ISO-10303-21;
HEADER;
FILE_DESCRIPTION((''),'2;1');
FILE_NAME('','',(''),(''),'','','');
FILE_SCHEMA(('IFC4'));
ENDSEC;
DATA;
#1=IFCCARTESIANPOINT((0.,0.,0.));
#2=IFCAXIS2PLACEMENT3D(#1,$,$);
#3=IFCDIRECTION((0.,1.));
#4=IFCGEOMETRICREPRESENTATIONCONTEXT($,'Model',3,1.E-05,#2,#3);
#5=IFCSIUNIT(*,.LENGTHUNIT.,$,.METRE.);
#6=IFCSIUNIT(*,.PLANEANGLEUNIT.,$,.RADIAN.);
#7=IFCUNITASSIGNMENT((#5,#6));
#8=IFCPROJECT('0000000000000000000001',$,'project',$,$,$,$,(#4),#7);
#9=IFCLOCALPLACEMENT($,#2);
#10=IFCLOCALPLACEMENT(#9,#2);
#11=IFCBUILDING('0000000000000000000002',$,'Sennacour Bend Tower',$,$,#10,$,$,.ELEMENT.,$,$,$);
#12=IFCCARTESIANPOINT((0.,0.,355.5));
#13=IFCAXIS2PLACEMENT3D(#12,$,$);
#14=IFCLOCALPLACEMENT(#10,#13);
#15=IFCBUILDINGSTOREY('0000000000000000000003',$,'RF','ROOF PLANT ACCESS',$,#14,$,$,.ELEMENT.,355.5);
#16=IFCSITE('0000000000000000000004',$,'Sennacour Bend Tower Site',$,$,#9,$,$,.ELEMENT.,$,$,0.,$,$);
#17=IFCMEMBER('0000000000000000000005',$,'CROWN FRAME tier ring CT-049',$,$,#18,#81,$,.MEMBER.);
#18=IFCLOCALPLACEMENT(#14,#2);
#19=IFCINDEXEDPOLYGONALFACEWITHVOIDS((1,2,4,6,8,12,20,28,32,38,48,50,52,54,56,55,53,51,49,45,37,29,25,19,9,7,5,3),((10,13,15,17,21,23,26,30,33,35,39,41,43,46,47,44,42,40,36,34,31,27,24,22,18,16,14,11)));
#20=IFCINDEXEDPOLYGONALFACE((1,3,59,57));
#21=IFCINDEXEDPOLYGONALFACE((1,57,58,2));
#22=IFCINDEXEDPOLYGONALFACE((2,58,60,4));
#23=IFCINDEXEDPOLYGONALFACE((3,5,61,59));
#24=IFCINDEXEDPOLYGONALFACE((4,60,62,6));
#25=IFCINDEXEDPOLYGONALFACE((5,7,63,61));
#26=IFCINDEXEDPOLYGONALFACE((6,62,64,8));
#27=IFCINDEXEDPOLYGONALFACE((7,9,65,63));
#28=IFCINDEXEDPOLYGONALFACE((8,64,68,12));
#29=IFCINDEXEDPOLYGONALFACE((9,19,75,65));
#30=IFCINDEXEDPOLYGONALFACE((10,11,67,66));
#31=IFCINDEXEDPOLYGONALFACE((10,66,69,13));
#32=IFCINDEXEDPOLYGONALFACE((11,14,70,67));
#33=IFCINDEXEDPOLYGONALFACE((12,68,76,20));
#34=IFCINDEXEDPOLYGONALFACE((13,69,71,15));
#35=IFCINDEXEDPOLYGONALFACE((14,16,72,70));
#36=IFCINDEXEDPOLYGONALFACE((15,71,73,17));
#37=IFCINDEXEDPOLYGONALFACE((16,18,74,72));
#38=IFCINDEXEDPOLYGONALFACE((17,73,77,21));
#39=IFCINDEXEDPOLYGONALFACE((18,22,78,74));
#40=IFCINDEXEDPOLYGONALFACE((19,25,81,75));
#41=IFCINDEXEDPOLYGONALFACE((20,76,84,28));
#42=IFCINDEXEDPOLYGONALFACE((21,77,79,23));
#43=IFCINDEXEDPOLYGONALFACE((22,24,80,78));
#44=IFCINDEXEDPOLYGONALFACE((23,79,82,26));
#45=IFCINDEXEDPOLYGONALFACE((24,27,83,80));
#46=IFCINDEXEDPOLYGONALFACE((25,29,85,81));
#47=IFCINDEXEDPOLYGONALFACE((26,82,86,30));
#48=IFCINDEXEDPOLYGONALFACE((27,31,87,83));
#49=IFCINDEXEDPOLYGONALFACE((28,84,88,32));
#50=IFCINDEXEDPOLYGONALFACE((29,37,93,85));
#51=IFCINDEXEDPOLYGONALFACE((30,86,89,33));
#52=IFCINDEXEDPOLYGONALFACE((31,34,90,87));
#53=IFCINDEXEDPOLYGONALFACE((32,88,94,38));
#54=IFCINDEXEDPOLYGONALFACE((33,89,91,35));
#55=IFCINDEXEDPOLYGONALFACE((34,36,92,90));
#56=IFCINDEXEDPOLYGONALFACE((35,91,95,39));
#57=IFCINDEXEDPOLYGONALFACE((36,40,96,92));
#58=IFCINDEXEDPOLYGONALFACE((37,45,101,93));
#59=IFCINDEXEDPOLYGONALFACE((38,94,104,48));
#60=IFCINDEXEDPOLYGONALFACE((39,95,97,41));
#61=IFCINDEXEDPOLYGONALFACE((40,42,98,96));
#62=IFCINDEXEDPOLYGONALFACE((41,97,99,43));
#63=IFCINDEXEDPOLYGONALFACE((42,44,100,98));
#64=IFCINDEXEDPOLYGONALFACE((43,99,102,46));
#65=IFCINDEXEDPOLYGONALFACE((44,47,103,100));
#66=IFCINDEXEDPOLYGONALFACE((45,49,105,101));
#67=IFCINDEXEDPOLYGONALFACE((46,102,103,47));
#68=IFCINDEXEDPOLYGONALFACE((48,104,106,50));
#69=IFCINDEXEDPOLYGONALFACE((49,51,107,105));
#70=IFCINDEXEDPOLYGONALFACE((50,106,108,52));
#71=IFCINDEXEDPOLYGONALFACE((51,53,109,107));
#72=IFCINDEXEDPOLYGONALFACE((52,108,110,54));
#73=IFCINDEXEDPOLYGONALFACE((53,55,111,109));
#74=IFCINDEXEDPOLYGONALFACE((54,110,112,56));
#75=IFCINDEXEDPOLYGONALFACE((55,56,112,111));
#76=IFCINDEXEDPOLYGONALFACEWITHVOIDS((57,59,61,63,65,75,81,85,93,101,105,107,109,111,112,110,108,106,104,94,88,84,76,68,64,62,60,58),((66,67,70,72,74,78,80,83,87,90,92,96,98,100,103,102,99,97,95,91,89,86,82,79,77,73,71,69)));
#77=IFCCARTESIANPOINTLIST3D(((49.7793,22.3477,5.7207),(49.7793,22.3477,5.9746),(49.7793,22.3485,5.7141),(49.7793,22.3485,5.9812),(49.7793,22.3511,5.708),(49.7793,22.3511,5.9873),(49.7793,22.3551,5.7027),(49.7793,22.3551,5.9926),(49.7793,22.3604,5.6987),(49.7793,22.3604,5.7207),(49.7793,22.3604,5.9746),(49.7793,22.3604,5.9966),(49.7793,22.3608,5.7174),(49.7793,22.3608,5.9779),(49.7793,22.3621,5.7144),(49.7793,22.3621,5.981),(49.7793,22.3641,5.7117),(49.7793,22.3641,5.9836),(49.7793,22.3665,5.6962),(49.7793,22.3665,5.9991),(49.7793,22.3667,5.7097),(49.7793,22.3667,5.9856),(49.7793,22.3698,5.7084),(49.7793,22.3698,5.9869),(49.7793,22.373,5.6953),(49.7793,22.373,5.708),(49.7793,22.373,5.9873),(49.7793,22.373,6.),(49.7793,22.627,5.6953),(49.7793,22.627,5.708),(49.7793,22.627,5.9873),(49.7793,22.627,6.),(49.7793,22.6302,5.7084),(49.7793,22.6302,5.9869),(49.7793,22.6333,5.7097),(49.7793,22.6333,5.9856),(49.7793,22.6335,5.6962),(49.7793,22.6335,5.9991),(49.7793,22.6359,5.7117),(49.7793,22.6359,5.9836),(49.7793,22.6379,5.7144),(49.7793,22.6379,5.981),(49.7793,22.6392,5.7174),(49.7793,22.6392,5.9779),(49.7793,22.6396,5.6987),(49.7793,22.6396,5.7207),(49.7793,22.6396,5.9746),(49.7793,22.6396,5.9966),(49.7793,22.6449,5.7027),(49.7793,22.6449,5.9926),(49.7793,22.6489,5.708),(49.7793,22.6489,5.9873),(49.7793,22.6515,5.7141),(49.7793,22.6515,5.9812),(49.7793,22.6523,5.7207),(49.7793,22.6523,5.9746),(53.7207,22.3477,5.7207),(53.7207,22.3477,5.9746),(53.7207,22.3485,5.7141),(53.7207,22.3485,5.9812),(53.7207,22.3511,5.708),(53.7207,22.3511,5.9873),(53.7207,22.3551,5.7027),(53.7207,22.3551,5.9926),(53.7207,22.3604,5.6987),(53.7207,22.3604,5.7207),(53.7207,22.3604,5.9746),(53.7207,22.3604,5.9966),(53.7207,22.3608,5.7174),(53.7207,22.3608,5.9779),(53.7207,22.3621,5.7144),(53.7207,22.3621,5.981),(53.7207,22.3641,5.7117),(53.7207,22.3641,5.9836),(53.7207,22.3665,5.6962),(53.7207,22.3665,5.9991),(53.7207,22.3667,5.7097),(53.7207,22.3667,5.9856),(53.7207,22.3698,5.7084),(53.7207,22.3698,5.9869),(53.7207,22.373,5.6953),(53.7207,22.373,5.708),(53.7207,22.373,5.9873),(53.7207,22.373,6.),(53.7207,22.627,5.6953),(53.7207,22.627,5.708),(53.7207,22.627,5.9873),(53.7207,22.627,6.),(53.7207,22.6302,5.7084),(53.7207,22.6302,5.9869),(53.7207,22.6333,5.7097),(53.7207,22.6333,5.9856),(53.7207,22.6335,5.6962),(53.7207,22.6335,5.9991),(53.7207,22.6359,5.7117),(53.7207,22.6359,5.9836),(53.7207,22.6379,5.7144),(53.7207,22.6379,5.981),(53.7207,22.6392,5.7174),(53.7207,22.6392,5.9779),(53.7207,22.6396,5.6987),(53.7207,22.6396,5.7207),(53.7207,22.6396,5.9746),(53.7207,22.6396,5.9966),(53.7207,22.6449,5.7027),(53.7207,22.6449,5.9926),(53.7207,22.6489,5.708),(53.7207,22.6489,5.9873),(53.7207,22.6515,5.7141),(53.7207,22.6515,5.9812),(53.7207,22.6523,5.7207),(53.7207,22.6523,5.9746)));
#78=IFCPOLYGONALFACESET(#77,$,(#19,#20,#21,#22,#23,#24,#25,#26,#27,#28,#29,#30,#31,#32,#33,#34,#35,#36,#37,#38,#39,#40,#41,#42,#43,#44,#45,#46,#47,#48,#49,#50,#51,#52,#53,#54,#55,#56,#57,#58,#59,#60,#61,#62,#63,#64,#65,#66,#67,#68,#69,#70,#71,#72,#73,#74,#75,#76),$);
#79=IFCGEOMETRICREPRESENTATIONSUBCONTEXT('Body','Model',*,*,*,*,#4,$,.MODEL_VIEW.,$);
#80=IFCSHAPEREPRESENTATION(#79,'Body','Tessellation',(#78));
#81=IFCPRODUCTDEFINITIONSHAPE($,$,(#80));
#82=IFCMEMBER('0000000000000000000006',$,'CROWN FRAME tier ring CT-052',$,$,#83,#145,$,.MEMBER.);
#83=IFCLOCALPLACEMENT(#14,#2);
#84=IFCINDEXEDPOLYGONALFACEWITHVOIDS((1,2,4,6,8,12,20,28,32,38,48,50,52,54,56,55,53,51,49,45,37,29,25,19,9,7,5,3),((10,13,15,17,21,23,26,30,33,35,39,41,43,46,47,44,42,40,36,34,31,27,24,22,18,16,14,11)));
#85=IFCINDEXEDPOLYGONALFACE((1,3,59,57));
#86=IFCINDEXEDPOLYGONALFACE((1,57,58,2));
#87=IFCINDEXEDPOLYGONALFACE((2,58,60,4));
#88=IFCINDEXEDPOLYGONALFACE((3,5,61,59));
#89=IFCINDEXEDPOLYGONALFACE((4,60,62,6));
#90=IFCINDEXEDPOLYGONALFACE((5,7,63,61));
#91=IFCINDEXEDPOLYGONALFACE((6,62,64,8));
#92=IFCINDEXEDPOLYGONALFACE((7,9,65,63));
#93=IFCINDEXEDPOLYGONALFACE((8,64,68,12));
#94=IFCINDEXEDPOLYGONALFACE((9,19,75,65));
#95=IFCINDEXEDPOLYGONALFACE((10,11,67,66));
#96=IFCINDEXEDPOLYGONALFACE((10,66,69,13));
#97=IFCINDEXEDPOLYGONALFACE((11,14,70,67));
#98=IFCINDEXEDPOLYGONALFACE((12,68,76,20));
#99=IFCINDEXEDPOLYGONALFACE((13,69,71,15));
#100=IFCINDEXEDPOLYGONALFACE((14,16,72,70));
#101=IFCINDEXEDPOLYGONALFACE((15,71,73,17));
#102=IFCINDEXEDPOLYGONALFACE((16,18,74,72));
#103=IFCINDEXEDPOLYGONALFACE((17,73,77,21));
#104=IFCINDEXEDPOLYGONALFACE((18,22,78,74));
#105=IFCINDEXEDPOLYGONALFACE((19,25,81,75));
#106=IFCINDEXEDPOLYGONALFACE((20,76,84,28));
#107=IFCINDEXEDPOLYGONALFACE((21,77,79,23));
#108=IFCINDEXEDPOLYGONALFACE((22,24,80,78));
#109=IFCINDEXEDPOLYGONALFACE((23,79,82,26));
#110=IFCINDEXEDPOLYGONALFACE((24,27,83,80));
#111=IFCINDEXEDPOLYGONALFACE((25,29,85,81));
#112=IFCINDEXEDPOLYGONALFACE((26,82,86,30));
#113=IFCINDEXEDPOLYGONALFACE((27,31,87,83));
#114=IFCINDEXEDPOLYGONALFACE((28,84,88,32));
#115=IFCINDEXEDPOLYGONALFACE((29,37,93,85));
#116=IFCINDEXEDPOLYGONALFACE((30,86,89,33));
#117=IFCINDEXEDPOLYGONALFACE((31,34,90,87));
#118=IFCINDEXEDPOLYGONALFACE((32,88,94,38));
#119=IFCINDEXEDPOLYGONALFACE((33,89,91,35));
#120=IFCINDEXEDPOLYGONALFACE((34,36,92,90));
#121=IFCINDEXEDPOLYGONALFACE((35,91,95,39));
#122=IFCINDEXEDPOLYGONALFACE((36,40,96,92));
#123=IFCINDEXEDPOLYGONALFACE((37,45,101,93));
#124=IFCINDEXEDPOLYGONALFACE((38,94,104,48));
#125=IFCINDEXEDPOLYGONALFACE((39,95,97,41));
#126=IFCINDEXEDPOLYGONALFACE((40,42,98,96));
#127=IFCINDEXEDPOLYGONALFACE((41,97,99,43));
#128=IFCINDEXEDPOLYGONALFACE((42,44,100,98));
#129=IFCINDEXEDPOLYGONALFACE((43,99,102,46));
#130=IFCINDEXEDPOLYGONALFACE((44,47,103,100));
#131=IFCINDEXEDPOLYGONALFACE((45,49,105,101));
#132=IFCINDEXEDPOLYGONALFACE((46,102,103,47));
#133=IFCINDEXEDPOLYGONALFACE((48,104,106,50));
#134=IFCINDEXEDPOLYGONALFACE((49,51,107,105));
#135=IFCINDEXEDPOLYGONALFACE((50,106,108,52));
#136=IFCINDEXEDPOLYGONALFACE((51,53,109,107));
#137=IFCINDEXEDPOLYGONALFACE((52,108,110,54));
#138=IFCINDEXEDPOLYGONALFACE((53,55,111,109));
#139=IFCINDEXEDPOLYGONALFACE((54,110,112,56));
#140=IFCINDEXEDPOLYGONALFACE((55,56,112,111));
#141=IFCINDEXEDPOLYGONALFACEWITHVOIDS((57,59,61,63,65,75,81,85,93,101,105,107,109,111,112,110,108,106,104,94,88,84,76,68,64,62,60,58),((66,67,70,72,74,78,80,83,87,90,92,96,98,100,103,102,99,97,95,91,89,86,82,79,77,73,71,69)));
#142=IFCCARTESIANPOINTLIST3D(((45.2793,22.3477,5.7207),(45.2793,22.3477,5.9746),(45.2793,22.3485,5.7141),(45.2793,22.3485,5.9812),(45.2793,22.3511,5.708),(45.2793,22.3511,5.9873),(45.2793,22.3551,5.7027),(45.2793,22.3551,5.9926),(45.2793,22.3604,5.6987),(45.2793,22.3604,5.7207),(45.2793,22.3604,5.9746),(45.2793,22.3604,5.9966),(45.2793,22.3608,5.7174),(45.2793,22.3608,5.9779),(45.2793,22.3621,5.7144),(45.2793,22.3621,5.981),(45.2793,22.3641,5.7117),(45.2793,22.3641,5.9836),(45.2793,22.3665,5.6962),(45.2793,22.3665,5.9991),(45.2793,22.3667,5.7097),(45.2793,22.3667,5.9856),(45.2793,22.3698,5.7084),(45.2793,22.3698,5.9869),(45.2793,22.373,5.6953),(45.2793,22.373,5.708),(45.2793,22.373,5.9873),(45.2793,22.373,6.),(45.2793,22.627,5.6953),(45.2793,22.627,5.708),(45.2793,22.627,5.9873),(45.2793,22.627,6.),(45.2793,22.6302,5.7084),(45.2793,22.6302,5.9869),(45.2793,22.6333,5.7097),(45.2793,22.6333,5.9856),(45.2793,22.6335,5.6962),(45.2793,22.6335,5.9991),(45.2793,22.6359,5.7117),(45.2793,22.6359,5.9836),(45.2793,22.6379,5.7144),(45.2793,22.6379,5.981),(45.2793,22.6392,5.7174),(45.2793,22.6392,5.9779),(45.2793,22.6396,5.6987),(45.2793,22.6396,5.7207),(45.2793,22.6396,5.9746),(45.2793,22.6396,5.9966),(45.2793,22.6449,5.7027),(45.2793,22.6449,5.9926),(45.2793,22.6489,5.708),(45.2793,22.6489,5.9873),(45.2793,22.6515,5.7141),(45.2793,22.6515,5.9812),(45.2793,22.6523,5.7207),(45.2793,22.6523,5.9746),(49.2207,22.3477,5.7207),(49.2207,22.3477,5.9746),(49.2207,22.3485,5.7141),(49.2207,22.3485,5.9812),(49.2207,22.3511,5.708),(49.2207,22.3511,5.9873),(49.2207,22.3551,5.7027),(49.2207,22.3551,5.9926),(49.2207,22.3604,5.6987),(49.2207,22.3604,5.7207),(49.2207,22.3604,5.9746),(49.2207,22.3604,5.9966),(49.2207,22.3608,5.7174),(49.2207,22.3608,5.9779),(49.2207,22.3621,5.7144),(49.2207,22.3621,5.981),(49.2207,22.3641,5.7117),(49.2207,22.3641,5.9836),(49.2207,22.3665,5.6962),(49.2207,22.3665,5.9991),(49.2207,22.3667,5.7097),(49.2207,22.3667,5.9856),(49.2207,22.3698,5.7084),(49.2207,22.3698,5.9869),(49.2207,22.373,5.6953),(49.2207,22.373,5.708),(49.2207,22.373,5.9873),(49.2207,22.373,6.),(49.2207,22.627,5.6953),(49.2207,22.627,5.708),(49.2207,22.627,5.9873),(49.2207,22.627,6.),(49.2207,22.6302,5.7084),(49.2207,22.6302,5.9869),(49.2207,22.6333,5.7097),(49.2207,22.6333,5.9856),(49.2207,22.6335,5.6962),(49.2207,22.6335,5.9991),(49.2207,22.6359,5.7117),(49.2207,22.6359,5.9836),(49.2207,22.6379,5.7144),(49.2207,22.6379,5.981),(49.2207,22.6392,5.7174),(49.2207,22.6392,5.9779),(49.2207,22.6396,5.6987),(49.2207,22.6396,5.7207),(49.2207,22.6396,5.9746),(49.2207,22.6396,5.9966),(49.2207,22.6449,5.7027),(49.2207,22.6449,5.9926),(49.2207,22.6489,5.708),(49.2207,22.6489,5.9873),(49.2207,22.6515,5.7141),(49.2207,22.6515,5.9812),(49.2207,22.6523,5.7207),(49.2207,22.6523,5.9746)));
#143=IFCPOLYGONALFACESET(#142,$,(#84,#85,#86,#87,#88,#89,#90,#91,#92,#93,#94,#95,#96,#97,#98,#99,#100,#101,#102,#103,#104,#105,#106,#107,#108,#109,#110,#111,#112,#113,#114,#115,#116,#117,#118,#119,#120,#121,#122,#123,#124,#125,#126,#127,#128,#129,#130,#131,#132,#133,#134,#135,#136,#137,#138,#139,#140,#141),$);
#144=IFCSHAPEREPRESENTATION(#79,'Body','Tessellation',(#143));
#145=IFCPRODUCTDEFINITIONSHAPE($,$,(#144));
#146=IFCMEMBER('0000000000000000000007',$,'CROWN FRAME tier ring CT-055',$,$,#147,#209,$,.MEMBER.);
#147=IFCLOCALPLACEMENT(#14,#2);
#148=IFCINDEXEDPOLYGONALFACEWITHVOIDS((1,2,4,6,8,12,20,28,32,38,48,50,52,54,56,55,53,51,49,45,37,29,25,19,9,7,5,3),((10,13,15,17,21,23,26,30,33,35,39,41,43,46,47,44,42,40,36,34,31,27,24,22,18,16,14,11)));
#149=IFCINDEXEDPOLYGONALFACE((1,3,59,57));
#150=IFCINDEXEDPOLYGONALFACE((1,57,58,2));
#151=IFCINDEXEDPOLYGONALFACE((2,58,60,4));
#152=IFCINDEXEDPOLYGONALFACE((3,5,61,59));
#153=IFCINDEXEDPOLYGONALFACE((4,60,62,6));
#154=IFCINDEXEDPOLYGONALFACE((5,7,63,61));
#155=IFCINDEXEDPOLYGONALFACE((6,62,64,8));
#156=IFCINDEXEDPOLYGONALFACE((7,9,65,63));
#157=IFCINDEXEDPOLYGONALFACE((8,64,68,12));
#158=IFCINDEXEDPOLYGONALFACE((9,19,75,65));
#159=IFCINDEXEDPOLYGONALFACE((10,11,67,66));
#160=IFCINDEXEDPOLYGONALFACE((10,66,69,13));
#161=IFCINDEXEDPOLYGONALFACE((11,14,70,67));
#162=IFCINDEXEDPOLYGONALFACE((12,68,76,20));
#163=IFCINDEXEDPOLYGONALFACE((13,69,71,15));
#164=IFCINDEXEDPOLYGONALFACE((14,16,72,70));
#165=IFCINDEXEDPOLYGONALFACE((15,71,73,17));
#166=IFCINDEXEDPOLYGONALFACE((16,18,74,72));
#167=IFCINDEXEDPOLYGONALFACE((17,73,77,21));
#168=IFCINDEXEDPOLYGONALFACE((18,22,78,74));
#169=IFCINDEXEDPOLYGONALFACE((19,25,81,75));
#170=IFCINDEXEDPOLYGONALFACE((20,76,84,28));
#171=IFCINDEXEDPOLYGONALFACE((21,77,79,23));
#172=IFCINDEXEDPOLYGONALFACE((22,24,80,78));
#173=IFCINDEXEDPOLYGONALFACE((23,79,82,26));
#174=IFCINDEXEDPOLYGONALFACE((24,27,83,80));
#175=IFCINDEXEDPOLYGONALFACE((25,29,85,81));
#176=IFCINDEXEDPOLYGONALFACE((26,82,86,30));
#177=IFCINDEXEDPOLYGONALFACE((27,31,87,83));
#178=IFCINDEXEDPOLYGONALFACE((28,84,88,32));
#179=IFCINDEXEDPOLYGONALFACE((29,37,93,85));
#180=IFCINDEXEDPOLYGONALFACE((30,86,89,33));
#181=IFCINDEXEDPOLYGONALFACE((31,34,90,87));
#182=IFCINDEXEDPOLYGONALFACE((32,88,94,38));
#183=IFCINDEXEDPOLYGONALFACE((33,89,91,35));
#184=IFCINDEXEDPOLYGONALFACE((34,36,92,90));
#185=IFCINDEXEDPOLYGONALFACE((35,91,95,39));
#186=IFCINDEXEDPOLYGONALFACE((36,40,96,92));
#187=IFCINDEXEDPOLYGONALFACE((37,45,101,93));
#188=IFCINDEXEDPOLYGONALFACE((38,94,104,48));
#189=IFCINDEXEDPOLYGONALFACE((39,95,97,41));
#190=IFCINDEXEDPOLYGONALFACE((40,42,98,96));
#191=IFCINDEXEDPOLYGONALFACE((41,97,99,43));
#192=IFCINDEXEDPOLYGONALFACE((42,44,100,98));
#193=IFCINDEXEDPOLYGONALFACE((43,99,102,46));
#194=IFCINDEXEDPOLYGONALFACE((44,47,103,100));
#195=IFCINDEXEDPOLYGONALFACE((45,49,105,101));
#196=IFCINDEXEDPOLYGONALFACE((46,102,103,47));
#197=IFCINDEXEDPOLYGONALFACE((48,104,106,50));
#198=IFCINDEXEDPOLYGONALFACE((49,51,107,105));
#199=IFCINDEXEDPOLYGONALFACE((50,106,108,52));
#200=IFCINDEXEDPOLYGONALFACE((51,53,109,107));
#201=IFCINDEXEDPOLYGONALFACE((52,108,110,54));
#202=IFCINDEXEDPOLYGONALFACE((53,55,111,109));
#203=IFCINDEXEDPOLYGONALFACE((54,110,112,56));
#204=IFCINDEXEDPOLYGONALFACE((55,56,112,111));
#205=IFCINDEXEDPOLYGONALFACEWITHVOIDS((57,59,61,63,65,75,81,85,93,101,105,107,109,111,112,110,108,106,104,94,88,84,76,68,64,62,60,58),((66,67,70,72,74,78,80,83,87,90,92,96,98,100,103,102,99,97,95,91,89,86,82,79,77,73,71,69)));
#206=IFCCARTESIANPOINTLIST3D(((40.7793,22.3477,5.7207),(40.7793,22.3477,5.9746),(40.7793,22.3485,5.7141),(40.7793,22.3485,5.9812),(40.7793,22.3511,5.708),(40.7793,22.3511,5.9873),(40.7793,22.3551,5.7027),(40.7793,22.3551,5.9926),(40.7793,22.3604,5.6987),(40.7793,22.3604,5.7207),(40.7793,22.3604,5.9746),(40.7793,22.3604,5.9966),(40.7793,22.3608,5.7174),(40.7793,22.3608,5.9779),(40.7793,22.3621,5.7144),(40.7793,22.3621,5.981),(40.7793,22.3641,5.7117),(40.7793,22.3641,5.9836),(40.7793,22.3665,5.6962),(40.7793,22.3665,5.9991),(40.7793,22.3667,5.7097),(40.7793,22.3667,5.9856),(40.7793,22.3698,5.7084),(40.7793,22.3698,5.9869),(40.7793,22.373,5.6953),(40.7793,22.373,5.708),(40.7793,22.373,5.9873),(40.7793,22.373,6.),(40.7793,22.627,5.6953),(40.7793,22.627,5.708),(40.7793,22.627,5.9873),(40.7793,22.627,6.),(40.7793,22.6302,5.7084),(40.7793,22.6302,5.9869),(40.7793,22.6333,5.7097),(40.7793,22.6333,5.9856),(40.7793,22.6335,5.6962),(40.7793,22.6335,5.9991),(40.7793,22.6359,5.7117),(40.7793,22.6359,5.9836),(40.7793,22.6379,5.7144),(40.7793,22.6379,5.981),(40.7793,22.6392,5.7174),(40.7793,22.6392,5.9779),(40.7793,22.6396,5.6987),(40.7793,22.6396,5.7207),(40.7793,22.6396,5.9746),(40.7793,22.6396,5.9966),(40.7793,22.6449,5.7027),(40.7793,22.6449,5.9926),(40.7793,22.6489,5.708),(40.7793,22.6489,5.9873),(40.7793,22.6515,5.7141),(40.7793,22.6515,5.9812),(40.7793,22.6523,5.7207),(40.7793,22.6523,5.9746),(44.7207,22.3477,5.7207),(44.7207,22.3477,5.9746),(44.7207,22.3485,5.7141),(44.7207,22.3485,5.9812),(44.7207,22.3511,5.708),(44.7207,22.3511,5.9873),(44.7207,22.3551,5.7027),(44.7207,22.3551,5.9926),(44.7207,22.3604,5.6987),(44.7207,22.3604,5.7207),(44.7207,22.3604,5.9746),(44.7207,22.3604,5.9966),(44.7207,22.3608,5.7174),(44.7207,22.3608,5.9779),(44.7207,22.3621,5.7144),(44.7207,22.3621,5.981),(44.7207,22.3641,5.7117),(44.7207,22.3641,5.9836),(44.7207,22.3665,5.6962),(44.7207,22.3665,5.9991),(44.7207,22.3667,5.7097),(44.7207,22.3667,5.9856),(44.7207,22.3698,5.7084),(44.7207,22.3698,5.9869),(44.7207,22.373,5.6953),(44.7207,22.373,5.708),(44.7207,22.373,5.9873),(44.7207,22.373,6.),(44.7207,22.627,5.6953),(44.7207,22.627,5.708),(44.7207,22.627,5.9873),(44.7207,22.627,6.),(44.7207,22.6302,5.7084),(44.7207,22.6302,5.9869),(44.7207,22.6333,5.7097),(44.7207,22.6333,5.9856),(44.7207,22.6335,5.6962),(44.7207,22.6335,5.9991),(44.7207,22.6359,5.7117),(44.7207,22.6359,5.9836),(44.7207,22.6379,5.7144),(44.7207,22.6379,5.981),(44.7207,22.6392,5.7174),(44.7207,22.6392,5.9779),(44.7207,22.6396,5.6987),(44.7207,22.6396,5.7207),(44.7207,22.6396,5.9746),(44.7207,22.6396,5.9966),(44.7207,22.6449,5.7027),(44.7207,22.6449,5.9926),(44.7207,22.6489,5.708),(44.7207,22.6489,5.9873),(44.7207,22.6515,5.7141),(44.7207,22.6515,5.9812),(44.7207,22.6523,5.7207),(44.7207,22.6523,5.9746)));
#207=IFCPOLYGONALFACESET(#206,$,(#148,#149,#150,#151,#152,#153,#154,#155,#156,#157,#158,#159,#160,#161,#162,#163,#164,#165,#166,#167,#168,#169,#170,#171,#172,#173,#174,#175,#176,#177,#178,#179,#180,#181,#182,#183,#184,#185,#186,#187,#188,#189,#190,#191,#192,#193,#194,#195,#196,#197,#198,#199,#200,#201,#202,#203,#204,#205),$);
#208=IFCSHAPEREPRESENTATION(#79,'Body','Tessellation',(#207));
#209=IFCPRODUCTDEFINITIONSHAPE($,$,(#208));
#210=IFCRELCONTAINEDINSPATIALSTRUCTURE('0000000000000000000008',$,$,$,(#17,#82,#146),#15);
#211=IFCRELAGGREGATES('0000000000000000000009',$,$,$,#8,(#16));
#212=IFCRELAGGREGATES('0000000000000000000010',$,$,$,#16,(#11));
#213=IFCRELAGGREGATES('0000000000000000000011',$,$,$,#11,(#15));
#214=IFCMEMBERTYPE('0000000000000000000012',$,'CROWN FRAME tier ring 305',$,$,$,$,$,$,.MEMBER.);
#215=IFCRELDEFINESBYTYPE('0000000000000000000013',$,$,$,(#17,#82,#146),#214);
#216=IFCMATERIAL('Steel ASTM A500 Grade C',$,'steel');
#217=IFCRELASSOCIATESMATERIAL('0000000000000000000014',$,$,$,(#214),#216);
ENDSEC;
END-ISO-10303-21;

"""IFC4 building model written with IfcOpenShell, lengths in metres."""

from ifc_helpers import new_model, si_unit, direction, frame, origin, origin_2d, place, context, subcontext, project, spatial, hollow_rectangle, extrude, material, material_profile, profile_set, type_object, element, save


model = new_model("IFC4")

# Units and contexts
model_context = context("Model", 3, precision=1e-05, world=origin(), true_north=direction((0.0, 1.0)))
body_context = subcontext(model_context, "Body", "Model", "MODEL_VIEW")
ifc_project = project(units=[si_unit("LENGTHUNIT", "METRE"), si_unit("PLANEANGLEUNIT", "RADIAN")], contexts=[model_context])

# Site, building, storey
site_placement = place(None, origin())
site = spatial("IfcSite", under=ifc_project, at=site_placement, Name="Sennacour Bend Tower Site", CompositionType="ELEMENT", RefElevation=0.0)
building_placement = place(site_placement, origin())
building = spatial("IfcBuilding", under=site, at=building_placement, Name="Sennacour Bend Tower", CompositionType="ELEMENT")
storey_placement = place(building_placement, frame((0.0, 0.0, 355.5)))
storey = spatial("IfcBuildingStorey", under=building, at=storey_placement, Name="RF", Description="ROOF PLANT ACCESS", CompositionType="ELEMENT", Elevation=355.5)

# Shared definitions
ifc_material_1 = material(Name="Steel ASTM A500 Grade C", Category="steel")

# Members
ifc_material_profile_1 = material_profile(ifc_material_1, hollow_rectangle(XDim=0.3047, YDim=0.3047, WallThickness=0.0127, InnerFilletRadius=0.0127, OuterFilletRadius=0.0254, at=origin_2d()), Name="Steel ASTM A500 Grade C", Category="steel")
ifc_profile_set_1 = profile_set([ifc_material_profile_1], Name="Steel ASTM A500 Grade C")
member_type_1 = type_object("IfcMemberType", Name="CROWN FRAME tier ring 305", PredefinedType="MEMBER", material=ifc_profile_set_1)
for number, where, z_axis, x_axis, name in (
    (1, (53.7207, 22.5, 5.8477), (-1.0, 0.0, 0.0), (0.0, -1.0, 0.0), "CROWN FRAME tier ring CT-049"),
    (2, (49.2207, 22.5, 5.8477), (-1.0, 0.0, 0.0), (0.0, -1.0, 0.0), "CROWN FRAME tier ring CT-052"),
    (3, (44.7207, 22.5, 5.8477), (-1.0, 0.0, 0.0), (0.0, -1.0, 0.0), "CROWN FRAME tier ring CT-055"),
):
    element("IfcMember", number, at=place(storey_placement, frame(where, z_axis=z_axis, x_axis=x_axis)), inside=storey, type_object=member_type_1, Name=name, PredefinedType="MEMBER", context=body_context, shape_type="SweptSolid", body=[
        extrude(hollow_rectangle(XDim=0.3047, YDim=0.3047, WallThickness=0.0127, InnerFilletRadius=0.0127, OuterFilletRadius=0.0254, at=origin_2d()), origin(), (0.0, 0.0, 1.0), 3.9414),
    ])

save(model, "model.ifc")
